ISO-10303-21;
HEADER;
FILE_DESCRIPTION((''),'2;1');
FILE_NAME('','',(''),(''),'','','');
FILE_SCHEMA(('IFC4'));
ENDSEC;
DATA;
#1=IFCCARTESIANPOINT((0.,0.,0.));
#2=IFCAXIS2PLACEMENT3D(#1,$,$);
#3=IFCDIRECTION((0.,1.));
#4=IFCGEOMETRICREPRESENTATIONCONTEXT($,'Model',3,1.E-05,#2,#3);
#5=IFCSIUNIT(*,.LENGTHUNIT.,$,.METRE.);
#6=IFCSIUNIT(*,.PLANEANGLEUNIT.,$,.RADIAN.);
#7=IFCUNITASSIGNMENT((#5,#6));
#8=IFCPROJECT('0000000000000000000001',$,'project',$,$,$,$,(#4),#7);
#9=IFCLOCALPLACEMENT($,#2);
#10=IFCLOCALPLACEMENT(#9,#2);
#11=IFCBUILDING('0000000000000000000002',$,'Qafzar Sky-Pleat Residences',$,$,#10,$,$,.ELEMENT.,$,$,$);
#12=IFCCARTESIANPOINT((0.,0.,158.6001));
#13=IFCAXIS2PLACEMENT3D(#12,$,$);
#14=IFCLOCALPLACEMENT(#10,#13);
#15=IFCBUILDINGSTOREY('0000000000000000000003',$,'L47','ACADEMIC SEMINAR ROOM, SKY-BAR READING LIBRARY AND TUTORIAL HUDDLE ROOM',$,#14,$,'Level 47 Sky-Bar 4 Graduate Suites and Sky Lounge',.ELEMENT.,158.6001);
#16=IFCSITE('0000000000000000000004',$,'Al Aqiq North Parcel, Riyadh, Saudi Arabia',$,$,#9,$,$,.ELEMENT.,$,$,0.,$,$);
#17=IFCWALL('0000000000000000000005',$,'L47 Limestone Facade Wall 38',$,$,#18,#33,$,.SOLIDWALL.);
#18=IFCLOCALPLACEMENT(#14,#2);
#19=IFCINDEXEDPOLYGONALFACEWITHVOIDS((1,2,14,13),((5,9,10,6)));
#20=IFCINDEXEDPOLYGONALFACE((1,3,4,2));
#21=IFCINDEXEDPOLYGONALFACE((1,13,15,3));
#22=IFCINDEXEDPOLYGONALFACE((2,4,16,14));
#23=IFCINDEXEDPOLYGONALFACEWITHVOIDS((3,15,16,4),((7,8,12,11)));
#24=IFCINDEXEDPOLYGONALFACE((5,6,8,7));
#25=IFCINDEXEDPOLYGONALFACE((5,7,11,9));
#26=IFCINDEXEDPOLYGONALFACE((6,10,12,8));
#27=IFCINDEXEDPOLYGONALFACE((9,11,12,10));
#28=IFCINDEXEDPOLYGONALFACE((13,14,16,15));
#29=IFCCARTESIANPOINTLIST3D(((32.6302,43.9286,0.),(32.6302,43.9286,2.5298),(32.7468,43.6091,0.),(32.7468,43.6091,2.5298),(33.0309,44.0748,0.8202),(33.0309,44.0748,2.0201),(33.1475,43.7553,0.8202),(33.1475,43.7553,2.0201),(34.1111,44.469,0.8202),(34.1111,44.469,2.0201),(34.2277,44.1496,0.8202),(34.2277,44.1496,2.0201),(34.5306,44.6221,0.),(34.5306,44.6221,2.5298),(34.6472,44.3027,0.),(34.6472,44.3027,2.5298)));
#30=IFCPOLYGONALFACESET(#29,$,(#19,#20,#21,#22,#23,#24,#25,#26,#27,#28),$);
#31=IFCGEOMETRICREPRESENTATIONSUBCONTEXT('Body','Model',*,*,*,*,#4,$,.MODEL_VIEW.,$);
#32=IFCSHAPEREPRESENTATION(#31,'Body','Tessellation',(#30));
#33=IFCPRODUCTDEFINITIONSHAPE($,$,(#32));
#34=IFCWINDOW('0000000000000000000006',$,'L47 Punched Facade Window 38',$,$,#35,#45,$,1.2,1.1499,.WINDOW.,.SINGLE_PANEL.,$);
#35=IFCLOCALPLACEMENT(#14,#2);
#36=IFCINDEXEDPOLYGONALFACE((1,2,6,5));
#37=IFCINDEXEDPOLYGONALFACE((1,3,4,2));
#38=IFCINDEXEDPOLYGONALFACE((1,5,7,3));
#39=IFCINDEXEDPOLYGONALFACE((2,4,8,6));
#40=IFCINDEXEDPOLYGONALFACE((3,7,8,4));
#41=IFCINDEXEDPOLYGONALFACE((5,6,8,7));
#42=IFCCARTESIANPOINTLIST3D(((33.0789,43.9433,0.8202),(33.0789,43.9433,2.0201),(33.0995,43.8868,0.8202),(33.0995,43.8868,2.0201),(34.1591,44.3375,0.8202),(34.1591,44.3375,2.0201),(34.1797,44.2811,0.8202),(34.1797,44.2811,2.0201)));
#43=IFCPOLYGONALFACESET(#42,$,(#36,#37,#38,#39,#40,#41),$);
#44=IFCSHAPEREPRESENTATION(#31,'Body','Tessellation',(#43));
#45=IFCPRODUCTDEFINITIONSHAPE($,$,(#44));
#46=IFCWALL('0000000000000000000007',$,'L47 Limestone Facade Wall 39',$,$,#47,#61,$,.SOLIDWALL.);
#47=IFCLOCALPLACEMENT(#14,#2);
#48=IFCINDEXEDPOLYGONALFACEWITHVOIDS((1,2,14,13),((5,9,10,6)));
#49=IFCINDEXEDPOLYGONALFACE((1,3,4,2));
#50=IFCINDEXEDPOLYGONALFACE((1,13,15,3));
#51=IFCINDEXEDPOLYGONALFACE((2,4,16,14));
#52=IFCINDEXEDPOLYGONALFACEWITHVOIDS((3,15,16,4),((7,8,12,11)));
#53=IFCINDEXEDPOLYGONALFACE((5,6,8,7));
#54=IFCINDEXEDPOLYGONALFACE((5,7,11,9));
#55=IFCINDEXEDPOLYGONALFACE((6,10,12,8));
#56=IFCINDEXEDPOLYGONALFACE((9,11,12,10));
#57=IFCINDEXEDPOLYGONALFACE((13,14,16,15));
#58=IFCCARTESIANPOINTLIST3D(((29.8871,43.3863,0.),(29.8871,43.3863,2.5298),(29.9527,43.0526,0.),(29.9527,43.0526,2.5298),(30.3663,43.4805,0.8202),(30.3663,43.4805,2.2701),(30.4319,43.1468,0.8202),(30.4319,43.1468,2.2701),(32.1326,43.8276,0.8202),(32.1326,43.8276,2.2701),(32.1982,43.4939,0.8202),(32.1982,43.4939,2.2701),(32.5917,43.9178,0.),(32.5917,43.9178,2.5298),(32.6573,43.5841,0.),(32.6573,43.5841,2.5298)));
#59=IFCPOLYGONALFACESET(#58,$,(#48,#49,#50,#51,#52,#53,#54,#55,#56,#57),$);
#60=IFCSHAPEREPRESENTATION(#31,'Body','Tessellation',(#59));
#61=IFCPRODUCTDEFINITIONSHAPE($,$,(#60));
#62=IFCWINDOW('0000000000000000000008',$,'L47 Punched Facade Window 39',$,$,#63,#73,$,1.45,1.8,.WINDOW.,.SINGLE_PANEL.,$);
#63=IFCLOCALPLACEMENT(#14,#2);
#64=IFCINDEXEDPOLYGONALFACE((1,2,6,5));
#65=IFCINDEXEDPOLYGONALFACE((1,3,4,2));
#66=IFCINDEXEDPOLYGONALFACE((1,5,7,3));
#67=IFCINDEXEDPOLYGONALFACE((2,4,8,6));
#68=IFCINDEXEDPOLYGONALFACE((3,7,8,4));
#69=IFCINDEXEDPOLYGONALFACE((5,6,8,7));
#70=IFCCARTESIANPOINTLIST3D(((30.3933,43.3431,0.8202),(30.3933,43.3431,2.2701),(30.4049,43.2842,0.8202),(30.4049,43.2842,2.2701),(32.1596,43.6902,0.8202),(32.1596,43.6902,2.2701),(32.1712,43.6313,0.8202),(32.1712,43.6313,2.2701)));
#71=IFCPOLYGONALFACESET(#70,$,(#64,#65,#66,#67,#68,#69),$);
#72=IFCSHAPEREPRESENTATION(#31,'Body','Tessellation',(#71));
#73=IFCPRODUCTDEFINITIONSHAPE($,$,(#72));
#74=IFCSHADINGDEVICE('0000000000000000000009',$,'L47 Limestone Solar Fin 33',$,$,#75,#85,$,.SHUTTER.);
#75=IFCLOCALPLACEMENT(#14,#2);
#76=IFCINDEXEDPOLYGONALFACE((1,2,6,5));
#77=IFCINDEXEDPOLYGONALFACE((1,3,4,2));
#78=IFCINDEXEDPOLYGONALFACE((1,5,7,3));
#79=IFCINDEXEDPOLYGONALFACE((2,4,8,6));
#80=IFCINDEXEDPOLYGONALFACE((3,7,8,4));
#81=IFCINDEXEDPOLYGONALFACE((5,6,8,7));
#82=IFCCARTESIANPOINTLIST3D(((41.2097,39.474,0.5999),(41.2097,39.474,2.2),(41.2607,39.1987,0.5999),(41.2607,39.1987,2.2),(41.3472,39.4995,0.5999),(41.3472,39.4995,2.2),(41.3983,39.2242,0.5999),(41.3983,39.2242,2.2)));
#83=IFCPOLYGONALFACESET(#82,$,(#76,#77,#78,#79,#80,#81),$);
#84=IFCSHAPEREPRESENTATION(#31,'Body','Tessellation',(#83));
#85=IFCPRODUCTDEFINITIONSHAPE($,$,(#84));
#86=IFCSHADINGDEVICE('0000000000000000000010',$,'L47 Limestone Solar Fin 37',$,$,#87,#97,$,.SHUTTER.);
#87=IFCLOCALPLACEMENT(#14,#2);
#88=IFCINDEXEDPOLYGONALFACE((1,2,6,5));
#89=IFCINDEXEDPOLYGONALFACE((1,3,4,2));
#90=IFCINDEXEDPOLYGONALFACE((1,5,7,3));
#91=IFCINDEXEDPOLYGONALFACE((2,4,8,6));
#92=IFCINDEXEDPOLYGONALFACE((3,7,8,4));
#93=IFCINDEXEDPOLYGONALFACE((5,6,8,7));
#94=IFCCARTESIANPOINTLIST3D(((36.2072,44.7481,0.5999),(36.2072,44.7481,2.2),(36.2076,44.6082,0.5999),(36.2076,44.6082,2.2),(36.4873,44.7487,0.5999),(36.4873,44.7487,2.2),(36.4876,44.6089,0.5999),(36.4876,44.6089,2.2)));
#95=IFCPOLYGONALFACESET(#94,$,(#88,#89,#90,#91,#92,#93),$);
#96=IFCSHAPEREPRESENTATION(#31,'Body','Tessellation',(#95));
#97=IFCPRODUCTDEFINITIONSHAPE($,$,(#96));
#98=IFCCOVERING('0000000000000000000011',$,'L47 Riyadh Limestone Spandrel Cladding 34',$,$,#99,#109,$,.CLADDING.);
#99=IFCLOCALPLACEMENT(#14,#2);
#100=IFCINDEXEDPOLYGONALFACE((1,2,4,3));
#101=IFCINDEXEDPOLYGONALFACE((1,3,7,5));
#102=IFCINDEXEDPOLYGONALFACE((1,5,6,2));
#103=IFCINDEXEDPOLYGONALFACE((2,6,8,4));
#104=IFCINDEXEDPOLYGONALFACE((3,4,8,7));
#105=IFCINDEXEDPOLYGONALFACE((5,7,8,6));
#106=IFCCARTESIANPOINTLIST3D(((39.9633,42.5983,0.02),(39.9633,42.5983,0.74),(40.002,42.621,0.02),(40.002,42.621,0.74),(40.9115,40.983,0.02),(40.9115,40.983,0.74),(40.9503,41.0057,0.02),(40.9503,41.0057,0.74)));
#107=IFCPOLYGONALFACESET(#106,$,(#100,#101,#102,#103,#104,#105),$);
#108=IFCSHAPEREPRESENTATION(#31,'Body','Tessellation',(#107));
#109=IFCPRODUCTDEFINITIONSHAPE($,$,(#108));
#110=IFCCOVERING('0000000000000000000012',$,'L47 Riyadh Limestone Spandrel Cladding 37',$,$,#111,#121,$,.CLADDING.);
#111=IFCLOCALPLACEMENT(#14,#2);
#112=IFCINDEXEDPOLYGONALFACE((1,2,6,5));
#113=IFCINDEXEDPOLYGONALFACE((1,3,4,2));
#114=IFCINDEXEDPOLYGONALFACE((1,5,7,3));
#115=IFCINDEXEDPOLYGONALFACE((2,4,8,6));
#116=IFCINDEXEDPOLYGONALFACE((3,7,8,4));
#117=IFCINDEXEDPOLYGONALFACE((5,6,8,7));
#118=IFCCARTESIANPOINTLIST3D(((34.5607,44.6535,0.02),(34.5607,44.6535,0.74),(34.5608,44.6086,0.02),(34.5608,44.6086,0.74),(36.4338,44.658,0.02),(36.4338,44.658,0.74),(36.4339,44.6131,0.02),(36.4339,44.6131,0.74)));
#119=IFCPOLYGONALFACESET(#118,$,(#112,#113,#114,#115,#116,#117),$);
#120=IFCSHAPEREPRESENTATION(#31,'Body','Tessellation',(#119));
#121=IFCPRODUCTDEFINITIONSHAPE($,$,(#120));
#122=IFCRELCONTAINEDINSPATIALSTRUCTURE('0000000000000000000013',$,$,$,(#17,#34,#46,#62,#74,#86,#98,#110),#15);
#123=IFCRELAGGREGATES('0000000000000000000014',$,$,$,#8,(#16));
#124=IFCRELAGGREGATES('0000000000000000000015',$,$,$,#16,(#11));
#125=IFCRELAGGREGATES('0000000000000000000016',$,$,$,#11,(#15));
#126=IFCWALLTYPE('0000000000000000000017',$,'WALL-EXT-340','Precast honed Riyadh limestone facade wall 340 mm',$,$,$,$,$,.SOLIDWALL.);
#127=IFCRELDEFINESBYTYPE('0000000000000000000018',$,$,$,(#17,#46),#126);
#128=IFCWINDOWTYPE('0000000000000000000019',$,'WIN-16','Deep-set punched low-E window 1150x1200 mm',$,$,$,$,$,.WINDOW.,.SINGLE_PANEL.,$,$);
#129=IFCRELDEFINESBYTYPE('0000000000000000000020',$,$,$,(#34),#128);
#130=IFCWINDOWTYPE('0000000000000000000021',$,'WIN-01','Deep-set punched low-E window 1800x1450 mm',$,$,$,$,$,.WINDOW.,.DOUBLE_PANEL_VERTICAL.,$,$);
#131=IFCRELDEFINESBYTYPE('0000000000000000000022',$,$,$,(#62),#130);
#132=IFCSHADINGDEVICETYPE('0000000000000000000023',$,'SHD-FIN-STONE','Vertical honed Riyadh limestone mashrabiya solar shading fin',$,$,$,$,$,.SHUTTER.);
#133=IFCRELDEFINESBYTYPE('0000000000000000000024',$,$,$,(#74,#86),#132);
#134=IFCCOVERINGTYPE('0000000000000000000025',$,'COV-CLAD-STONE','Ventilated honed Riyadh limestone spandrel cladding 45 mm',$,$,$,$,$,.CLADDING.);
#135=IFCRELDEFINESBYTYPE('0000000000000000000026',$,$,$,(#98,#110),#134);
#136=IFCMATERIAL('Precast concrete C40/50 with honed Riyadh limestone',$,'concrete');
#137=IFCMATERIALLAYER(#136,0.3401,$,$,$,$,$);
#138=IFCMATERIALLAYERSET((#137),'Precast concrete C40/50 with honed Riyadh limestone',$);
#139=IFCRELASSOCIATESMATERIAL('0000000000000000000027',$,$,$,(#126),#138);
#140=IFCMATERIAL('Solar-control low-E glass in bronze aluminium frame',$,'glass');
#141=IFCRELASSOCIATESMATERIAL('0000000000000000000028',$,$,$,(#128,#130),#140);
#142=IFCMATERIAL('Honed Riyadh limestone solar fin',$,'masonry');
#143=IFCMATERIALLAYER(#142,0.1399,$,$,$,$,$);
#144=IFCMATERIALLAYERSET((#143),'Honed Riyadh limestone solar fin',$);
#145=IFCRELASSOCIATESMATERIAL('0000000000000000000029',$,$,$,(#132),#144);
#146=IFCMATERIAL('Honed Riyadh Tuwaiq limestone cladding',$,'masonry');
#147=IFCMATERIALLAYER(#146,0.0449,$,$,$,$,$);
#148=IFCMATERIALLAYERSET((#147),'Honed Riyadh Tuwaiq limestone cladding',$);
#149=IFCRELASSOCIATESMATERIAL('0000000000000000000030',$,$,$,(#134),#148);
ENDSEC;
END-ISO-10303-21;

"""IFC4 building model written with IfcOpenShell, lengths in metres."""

from ifc_helpers import new_model, si_unit, direction, frame, frame_2d, origin, origin_2d, place, context, subcontext, project, spatial, rectangle, extrude, source, transform, mapped, material, layer, layer_set, type_object, element, fill, save


model = new_model("IFC4")

# Units and contexts
model_context = context("Model", 3, precision=1e-05, world=origin(), true_north=direction((0.0, 1.0)))
body_context = subcontext(model_context, "Body", "Model", "MODEL_VIEW")
ifc_project = project(units=[si_unit("LENGTHUNIT", "METRE"), si_unit("PLANEANGLEUNIT", "RADIAN")], contexts=[model_context])

# Site, building, storey
site_placement = place(None, origin())
site = spatial("IfcSite", under=ifc_project, at=site_placement, Name="Al Aqiq North Parcel, Riyadh, Saudi Arabia", CompositionType="ELEMENT", RefElevation=0.0)
building_placement = place(site_placement, origin())
building = spatial("IfcBuilding", under=site, at=building_placement, Name="Qafzar Sky-Pleat Residences", CompositionType="ELEMENT")
storey_placement = place(building_placement, frame((0.0, 0.0, 158.6001)))
storey = spatial("IfcBuildingStorey", under=building, at=storey_placement, Name="L47", Description="ACADEMIC SEMINAR ROOM, SKY-BAR READING LIBRARY AND TUTORIAL HUDDLE ROOM", LongName="Level 47 Sky-Bar 4 Graduate Suites and Sky Lounge", CompositionType="ELEMENT", Elevation=158.6001)

# Walls, openings, windows
ifc_material_1 = material(Name="Precast concrete C40/50 with honed Riyadh limestone", Category="concrete")
ifc_layer_1 = layer(ifc_material_1, 0.3401)
ifc_layer_set_1 = layer_set([ifc_layer_1], Name="Precast concrete C40/50 with honed Riyadh limestone")
wall_type_1 = type_object("IfcWallType", Name="WALL-EXT-340", Description="Precast honed Riyadh limestone facade wall 340 mm", PredefinedType="SOLIDWALL", material=ifc_layer_set_1)
ifc_material_2 = material(Name="Solar-control low-E glass in bronze aluminium frame", Category="glass")
window_type_1 = type_object("IfcWindowType", Name="WIN-16", Description="Deep-set punched low-E window 1150x1200 mm", PartitioningType="SINGLE_PANEL", PredefinedType="WINDOW", material=ifc_material_2)
shared_shape_1 = source(origin(), body_context, "Body", "SweptSolid", [
    extrude(rectangle(XDim=1.1499, YDim=1.2, at=frame_2d((0.575, 0.6001))), frame((0.0, 0.03, 0.0), z_axis=(0.0, -1.0, 0.0), x_axis=(1.0, 0.0, 0.0)), (0.0, 0.0, 1.0), 0.0601),
])
wall_1_placement = place(storey_placement, frame((34.5889, 44.4624, 0.0), z_axis=(0.0, 0.0, 1.0), x_axis=(-0.939388, -0.342857, 0.0)))
wall_1 = element("IfcWall", 1, at=wall_1_placement, inside=storey, type_object=wall_type_1, Name="L47 Limestone Facade Wall 38", PredefinedType="SOLIDWALL", context=body_context, shape_type="SweptSolid", body=[
    extrude(rectangle(XDim=2.0229, YDim=0.3401, at=frame_2d((1.0115, 0.0))), origin(), (0.0, 0.0, 1.0), 2.5298),
])
opening_1_placement = place(wall_1_placement, frame((0.4465, 0.0, 0.8201)))
opening_1 = element("IfcOpeningElement", 2, at=opening_1_placement, cuts=wall_1, PredefinedType="OPENING", context=body_context, shape_type="SweptSolid", body=[
    extrude(rectangle(XDim=1.1499, YDim=1.2, at=frame_2d((0.575, 0.6001))), frame((0.0, 0.1802, 0.0), z_axis=(0.0, -1.0, 0.0), x_axis=(1.0, 0.0, 0.0)), (0.0, 0.0, 1.0), 0.3601),
])
window_1_placement = place(opening_1_placement, origin())
window_1 = element("IfcWindow", 3, at=window_1_placement, inside=storey, type_object=window_type_1, Name="L47 Punched Facade Window 38", OverallHeight=1.2, OverallWidth=1.1499, PartitioningType="SINGLE_PANEL", PredefinedType="WINDOW", context=body_context, shape_type="MappedRepresentation", body=[
    mapped(shared_shape_1, transform((0.0, 0.0, 0.0), x_axis=(1.0, 0.0, 0.0), y_axis=(0.0, 1.0, 0.0), z_axis=(0.0, 0.0, 1.0), scale=1.0)),
])
fill(opening_1, window_1)
wall_2_placement = place(storey_placement, frame((32.6245, 43.751, 0.0), z_axis=(0.0, 0.0, 1.0), x_axis=(-0.981233, -0.192828, 0.0)))
wall_2 = element("IfcWall", 4, at=wall_2_placement, inside=storey, type_object=wall_type_1, Name="L47 Limestone Facade Wall 39", PredefinedType="SOLIDWALL", context=body_context, shape_type="SweptSolid", body=[
    extrude(rectangle(XDim=2.7563, YDim=0.3401, at=frame_2d((1.3782, 0.0))), origin(), (0.0, 0.0, 1.0), 2.5298),
])
opening_2_placement = place(wall_2_placement, frame((0.468, 0.0, 0.8201)))
opening_2 = element("IfcOpeningElement", 5, at=opening_2_placement, cuts=wall_2, PredefinedType="OPENING", context=body_context, shape_type="SweptSolid", body=[
    extrude(rectangle(XDim=1.8, YDim=1.45, at=frame_2d((0.8999, 0.7251))), frame((0.0, 0.1802, 0.0), z_axis=(0.0, -1.0, 0.0), x_axis=(1.0, 0.0, 0.0)), (0.0, 0.0, 1.0), 0.3601),
])
window_type_2 = type_object("IfcWindowType", Name="WIN-01", Description="Deep-set punched low-E window 1800x1450 mm", PartitioningType="DOUBLE_PANEL_VERTICAL", PredefinedType="WINDOW", material=ifc_material_2)
shared_shape_2 = source(origin(), body_context, "Body", "SweptSolid", [
    extrude(rectangle(XDim=1.8, YDim=1.45, at=frame_2d((0.8999, 0.7251))), frame((0.0, 0.03, 0.0), z_axis=(0.0, -1.0, 0.0), x_axis=(1.0, 0.0, 0.0)), (0.0, 0.0, 1.0), 0.0601),
])
window_2_placement = place(opening_2_placement, origin())
window_2 = element("IfcWindow", 6, at=window_2_placement, inside=storey, type_object=window_type_2, Name="L47 Punched Facade Window 39", OverallHeight=1.45, OverallWidth=1.8, PartitioningType="SINGLE_PANEL", PredefinedType="WINDOW", context=body_context, shape_type="MappedRepresentation", body=[
    mapped(shared_shape_2, transform((0.0, 0.0, 0.0), x_axis=(1.0, 0.0, 0.0), y_axis=(0.0, 1.0, 0.0), z_axis=(0.0, 0.0, 1.0), scale=1.0)),
])
fill(opening_2, window_2)

# Shading devices
ifc_material_3 = material(Name="Honed Riyadh limestone solar fin", Category="masonry")
ifc_layer_2 = layer(ifc_material_3, 0.1399)
ifc_layer_set_2 = layer_set([ifc_layer_2], Name="Honed Riyadh limestone solar fin")
shading_device_type = type_object("IfcShadingDeviceType", Name="SHD-FIN-STONE", Description="Vertical honed Riyadh limestone mashrabiya solar shading fin", PredefinedType="SHUTTER", material=ifc_layer_set_2)
shared_shape_3 = source(origin(), body_context, "Body", "SweptSolid", [
    extrude(rectangle(XDim=0.1399, YDim=0.28, at=origin_2d()), origin(), (0.0, 0.0, 1.0), 1.6001),
])
for number, where, z_axis, x_axis, name in (
    (7, (41.304, 39.3491, 0.5999), (0.0, 0.0, 1.0), (0.983237, 0.182334, 0.0), "L47 Limestone Solar Fin 33"),
    (8, (36.3474, 44.6785, 0.5999), (0.0, 0.0, 1.0), (-0.002394, 0.999997, 0.0), "L47 Limestone Solar Fin 37"),
):
    element("IfcShadingDevice", number, at=place(storey_placement, frame(where, z_axis=z_axis, x_axis=x_axis)), inside=storey, type_object=shading_device_type, Name=name, PredefinedType="SHUTTER", context=body_context, shape_type="MappedRepresentation", body=[
        mapped(shared_shape_3, transform((0.0, 0.0, 0.0), x_axis=(1.0, 0.0, 0.0), y_axis=(0.0, 1.0, 0.0), z_axis=(0.0, 0.0, 1.0), scale=1.0)),
    ])

# Coverings
ifc_material_4 = material(Name="Honed Riyadh Tuwaiq limestone cladding", Category="masonry")
ifc_layer_3 = layer(ifc_material_4, 0.0449)
ifc_layer_set_3 = layer_set([ifc_layer_3], Name="Honed Riyadh Tuwaiq limestone cladding")
covering_type = type_object("IfcCoveringType", Name="COV-CLAD-STONE", Description="Ventilated honed Riyadh limestone spandrel cladding 45 mm", PredefinedType="CLADDING", material=ifc_layer_set_3)
shared_shape_4 = source(origin(), body_context, "Body", "SweptSolid", [
    extrude(rectangle(XDim=1.873, YDim=0.0449, at=origin_2d()), origin(), (0.0, 0.0, 1.0), 0.72),
])
for number, where, z_axis, x_axis, name in (
    (9, (40.4568, 41.802, 0.02), (0.0, 0.0, 1.0), (-0.506268, 0.862376, 0.0), "L47 Riyadh Limestone Spandrel Cladding 34"),
    (10, (35.4973, 44.6333, 0.02), (0.0, 0.0, 1.0), (-0.999997, -0.002403, 0.0), "L47 Riyadh Limestone Spandrel Cladding 37"),
):
    element("IfcCovering", number, at=place(storey_placement, frame(where, z_axis=z_axis, x_axis=x_axis)), inside=storey, type_object=covering_type, Name=name, PredefinedType="CLADDING", context=body_context, shape_type="MappedRepresentation", body=[
        mapped(shared_shape_4, transform((0.0, 0.0, 0.0), x_axis=(1.0, 0.0, 0.0), y_axis=(0.0, 1.0, 0.0), z_axis=(0.0, 0.0, 1.0), scale=1.0)),
    ])

save(model, "model.ifc")
